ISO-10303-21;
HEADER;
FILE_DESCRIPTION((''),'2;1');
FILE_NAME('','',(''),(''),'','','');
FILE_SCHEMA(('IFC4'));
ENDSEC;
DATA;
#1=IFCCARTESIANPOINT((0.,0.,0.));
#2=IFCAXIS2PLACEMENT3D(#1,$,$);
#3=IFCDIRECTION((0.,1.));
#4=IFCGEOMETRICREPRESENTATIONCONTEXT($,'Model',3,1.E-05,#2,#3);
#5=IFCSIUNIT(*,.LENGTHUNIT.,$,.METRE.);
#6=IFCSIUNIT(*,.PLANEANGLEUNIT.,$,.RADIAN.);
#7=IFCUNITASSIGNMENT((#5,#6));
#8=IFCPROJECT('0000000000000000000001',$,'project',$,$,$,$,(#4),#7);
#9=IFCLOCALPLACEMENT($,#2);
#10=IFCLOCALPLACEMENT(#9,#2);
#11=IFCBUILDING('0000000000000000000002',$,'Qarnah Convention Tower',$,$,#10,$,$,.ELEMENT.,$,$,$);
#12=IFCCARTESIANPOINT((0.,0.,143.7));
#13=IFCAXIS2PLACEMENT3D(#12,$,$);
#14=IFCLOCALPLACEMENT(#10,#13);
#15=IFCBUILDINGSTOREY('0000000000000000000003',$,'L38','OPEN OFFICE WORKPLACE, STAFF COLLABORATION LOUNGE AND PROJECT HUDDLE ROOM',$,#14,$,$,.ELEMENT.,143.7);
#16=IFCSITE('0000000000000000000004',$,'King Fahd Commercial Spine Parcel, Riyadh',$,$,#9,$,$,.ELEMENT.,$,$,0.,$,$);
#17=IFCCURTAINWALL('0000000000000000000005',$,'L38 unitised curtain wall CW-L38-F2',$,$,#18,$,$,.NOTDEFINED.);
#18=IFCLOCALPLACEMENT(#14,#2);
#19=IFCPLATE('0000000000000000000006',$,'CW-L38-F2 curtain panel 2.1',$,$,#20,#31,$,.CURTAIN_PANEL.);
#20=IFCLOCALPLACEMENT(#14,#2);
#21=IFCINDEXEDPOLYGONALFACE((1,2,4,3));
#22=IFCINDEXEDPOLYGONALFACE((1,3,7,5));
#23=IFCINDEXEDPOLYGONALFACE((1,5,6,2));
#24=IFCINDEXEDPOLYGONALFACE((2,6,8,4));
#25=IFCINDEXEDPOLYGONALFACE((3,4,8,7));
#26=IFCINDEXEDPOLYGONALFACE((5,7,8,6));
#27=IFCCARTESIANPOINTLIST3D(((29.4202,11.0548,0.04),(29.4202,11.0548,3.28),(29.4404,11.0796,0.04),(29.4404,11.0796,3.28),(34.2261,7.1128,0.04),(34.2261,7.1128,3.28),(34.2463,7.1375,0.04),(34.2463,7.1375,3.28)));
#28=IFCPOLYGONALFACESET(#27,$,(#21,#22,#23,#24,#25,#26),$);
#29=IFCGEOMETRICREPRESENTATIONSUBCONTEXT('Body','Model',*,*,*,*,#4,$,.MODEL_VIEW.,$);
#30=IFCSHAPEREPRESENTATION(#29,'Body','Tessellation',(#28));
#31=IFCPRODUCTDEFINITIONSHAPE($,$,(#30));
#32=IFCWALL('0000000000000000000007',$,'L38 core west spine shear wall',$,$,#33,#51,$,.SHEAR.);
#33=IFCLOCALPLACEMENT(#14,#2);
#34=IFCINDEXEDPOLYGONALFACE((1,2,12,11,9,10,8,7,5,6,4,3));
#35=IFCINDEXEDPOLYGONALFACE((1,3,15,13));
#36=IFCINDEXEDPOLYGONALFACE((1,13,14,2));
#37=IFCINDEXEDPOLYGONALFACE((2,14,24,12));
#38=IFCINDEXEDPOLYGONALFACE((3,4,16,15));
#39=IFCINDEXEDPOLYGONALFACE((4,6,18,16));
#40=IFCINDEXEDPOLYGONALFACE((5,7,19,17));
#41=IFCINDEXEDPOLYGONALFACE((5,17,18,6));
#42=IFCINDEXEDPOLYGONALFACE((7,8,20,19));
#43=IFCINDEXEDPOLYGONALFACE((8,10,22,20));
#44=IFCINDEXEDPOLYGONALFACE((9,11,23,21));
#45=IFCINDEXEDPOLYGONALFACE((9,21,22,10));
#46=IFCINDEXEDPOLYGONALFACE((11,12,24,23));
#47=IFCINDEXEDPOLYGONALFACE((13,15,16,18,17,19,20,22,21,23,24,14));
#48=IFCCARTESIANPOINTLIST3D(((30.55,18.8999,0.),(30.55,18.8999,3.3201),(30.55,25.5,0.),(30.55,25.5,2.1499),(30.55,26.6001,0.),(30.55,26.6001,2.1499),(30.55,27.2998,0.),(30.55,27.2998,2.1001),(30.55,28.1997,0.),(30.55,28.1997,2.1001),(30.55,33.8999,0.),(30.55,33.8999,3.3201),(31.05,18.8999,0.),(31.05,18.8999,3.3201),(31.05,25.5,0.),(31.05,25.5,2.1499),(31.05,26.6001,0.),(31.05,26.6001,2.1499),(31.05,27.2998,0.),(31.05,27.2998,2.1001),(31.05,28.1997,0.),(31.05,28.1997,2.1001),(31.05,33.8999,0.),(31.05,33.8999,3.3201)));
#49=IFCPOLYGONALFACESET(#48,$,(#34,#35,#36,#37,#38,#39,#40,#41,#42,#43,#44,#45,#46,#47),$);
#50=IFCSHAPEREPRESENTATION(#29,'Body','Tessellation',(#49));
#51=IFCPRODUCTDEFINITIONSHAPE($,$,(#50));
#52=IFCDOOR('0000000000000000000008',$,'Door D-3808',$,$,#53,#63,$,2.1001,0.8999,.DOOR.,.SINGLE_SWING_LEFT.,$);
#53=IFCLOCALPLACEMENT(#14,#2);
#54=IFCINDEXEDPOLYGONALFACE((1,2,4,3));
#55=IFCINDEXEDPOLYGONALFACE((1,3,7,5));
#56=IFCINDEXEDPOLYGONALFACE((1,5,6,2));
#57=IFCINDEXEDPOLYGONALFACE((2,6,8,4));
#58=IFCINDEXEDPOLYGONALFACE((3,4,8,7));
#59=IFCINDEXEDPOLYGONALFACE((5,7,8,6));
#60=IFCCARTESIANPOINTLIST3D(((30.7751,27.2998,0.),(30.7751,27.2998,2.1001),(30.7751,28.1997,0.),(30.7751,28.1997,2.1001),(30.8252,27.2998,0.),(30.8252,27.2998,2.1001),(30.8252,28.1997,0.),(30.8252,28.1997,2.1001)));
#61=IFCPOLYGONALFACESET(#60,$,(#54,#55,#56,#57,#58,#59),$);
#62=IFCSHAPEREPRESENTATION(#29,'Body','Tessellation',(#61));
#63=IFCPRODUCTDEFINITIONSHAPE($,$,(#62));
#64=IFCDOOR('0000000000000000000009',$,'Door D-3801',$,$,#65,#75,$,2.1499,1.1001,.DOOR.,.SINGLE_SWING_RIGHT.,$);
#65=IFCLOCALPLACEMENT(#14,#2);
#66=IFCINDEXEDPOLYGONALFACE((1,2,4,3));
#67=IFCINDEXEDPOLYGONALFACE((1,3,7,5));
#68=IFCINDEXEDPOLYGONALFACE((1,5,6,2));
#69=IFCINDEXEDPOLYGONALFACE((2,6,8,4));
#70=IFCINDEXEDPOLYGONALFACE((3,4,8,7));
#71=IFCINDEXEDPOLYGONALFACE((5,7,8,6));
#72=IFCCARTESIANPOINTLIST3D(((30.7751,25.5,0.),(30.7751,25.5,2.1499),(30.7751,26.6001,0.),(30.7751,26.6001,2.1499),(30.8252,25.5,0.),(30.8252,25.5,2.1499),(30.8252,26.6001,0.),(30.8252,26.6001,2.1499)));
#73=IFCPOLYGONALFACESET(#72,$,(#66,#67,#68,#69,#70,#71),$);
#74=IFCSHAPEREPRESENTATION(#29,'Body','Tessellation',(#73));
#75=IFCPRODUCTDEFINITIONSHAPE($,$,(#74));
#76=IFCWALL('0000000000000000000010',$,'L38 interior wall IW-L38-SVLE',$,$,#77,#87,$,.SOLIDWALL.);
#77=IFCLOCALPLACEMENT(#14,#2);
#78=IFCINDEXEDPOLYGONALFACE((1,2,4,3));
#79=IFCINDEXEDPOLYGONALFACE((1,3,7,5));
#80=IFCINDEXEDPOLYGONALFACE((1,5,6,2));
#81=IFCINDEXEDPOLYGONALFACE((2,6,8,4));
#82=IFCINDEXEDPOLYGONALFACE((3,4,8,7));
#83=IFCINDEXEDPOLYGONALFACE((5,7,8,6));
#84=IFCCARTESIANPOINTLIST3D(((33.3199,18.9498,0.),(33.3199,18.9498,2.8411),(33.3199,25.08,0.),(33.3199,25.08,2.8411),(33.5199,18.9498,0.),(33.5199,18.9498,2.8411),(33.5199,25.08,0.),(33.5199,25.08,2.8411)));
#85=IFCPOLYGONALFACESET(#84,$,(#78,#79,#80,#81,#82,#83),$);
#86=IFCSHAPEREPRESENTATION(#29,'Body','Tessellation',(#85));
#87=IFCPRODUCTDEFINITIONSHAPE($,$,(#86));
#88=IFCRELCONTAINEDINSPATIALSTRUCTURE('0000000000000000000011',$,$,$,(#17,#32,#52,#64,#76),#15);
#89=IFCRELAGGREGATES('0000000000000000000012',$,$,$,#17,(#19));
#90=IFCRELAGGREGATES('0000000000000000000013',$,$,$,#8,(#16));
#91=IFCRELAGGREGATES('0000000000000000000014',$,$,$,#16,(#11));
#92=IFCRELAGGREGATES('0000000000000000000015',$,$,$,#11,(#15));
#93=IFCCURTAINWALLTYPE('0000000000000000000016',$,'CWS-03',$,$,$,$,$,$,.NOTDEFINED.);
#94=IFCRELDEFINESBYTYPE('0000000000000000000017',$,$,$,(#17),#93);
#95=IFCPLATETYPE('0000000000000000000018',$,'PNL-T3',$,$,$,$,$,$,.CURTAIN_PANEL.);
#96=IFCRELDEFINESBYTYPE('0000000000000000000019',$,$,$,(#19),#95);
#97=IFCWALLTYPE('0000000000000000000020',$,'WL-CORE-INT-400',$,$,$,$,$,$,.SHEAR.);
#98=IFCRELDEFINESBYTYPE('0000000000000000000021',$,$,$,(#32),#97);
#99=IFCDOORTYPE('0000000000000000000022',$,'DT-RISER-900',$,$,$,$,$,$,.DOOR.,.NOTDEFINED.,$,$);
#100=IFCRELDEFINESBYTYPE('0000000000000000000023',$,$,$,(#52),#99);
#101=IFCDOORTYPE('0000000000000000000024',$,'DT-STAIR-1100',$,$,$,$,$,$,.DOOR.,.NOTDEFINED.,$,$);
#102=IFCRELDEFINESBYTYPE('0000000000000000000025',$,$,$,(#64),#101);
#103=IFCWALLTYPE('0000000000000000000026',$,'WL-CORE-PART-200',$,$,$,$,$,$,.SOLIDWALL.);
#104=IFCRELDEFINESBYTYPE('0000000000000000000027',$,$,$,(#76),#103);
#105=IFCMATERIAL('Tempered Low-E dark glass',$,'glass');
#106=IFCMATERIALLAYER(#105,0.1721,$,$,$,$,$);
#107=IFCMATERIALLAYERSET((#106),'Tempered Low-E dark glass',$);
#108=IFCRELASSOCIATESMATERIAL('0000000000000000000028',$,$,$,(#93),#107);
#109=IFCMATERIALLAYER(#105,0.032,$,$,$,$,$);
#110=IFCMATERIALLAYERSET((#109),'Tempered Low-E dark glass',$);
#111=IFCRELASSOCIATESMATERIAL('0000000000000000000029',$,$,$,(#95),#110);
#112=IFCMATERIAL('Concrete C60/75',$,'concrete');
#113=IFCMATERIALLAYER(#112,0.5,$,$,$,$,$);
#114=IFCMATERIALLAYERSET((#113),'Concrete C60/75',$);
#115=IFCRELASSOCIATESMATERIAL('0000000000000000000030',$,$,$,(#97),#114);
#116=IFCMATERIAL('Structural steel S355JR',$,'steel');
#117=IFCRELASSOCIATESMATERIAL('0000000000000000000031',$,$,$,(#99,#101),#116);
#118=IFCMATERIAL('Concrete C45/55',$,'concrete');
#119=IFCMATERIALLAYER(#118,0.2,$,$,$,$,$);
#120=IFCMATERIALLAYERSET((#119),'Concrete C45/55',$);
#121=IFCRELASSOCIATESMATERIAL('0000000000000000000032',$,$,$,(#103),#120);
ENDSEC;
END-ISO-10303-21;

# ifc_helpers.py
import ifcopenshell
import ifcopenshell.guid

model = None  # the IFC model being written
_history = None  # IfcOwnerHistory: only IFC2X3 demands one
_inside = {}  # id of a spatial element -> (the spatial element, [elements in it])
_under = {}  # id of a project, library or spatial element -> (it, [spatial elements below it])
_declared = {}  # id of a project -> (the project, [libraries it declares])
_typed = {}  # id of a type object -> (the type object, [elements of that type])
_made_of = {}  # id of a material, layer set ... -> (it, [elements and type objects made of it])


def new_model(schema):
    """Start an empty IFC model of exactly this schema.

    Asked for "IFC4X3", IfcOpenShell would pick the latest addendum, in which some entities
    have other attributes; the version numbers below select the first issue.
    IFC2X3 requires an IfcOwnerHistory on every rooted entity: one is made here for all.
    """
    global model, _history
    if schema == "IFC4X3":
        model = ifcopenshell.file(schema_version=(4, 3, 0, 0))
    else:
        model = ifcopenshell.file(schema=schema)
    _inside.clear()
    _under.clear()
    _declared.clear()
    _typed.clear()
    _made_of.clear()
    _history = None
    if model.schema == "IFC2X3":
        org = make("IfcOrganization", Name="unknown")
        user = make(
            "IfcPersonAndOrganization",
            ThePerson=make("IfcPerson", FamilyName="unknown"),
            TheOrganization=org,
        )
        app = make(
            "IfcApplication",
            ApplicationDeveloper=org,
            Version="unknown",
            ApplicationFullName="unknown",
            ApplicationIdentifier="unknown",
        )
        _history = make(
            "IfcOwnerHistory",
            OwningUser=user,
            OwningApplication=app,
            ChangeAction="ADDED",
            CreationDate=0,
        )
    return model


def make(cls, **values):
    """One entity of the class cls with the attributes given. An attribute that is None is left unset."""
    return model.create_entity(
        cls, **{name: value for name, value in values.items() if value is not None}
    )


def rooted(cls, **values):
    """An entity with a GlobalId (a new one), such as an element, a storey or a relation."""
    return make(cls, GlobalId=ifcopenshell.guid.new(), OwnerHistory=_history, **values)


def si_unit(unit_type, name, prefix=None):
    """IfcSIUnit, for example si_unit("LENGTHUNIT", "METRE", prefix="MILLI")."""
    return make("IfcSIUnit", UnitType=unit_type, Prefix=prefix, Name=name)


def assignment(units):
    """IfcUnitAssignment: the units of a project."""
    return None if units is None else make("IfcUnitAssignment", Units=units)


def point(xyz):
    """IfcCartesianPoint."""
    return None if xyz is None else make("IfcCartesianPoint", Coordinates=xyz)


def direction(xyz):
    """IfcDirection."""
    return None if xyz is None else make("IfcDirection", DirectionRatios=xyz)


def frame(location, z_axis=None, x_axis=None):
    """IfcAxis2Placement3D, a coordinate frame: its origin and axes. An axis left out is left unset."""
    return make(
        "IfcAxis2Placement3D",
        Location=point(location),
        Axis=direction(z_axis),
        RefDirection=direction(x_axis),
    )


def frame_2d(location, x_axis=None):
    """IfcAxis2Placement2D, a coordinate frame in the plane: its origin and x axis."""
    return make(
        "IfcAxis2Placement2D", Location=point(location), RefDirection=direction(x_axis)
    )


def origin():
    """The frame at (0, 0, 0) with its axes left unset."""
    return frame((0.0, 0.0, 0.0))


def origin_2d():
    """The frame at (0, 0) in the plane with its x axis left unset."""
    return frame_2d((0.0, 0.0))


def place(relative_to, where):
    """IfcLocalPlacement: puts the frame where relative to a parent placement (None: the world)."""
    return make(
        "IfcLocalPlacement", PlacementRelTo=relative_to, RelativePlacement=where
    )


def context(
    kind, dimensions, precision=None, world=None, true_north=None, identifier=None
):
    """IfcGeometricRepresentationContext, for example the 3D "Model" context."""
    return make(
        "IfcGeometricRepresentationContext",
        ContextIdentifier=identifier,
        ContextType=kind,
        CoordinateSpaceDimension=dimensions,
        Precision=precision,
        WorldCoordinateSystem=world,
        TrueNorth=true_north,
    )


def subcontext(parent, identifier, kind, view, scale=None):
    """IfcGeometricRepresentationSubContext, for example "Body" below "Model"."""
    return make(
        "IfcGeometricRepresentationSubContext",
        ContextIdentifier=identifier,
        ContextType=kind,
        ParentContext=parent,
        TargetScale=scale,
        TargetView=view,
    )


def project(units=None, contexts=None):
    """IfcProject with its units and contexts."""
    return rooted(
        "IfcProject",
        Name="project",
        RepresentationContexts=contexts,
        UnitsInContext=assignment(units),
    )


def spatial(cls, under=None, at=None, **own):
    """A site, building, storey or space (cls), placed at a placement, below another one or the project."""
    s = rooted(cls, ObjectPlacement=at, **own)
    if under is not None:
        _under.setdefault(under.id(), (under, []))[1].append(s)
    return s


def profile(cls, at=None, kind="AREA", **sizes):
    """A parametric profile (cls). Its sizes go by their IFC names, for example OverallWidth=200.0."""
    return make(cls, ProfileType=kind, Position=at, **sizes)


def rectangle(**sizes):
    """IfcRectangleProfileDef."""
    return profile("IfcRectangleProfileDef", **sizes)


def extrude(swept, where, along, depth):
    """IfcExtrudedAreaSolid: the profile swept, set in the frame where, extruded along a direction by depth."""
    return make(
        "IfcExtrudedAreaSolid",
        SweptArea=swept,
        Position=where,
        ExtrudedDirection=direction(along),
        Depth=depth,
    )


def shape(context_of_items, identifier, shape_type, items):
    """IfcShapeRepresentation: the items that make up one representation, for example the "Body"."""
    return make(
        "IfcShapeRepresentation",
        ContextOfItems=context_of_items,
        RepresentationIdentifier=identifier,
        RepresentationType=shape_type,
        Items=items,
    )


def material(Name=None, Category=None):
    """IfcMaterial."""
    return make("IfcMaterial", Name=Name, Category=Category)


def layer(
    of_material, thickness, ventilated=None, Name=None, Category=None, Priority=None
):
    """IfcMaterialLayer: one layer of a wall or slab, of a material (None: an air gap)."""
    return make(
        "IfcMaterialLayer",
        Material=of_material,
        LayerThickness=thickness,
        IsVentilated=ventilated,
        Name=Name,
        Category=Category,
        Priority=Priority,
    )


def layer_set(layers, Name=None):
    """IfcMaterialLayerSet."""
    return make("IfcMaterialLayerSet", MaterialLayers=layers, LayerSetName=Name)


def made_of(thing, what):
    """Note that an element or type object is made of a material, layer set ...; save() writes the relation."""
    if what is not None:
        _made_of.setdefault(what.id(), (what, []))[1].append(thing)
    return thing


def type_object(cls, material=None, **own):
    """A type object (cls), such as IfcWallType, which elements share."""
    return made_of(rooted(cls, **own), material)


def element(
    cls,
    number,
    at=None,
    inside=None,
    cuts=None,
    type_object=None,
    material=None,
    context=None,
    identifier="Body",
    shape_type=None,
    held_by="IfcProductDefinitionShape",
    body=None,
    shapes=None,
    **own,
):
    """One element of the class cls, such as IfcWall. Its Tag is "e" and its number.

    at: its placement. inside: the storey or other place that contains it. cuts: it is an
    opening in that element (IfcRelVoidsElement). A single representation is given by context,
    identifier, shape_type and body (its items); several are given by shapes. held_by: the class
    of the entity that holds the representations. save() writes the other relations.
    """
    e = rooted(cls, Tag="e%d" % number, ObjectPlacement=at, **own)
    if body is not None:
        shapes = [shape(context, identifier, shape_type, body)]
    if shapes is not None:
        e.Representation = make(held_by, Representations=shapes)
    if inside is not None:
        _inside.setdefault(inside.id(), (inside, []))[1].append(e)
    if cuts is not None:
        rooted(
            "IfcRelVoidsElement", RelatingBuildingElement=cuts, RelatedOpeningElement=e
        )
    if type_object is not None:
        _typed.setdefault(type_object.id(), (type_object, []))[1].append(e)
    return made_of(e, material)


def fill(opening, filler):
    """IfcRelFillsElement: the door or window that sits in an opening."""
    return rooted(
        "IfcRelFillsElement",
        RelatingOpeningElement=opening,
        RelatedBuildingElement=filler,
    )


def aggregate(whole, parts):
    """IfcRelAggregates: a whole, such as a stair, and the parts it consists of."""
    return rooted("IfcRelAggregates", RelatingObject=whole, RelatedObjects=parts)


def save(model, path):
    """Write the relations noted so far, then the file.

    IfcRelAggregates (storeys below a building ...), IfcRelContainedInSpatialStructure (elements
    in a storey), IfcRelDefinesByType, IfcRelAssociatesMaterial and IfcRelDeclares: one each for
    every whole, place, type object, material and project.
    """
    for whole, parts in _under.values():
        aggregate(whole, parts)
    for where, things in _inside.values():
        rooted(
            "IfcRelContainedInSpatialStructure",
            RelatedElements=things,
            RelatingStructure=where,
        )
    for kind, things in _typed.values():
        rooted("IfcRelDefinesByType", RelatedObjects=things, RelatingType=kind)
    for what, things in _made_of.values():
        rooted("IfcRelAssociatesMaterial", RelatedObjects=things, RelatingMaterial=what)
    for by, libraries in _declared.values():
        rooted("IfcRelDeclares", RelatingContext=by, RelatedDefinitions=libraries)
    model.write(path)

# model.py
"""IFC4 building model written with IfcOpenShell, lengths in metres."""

from ifc_helpers import new_model, si_unit, direction, frame, frame_2d, origin, origin_2d, place, context, subcontext, project, spatial, rectangle, extrude, material, layer, layer_set, type_object, element, fill, aggregate, save


model = new_model("IFC4")

# Units and contexts
model_context = context("Model", 3, precision=1e-05, world=origin(), true_north=direction((0.0, 1.0)))
body_context = subcontext(model_context, "Body", "Model", "MODEL_VIEW")
ifc_project = project(units=[si_unit("LENGTHUNIT", "METRE"), si_unit("PLANEANGLEUNIT", "RADIAN")], contexts=[model_context])

# Site, building, storey
site_placement = place(None, origin())
site = spatial("IfcSite", under=ifc_project, at=site_placement, Name="King Fahd Commercial Spine Parcel, Riyadh", CompositionType="ELEMENT", RefElevation=0.0)
building_placement = place(site_placement, origin())
building = spatial("IfcBuilding", under=site, at=building_placement, Name="Qarnah Convention Tower", CompositionType="ELEMENT")
storey_placement = place(building_placement, frame((0.0, 0.0, 143.7)))
storey = spatial("IfcBuildingStorey", under=building, at=storey_placement, Name="L38", Description="OPEN OFFICE WORKPLACE, STAFF COLLABORATION LOUNGE AND PROJECT HUDDLE ROOM", CompositionType="ELEMENT", Elevation=143.7)

# Shared definitions
ifc_material_1 = material(Name="Concrete C60/75", Category="concrete")

# Shared definitions
ifc_material_2 = material(Name="Structural steel S355JR", Category="steel")

# Curtain wall, plate
ifc_material_3 = material(Name="Tempered Low-E dark glass", Category="glass")
ifc_layer_1 = layer(ifc_material_3, 0.1721)
ifc_layer_set_1 = layer_set([ifc_layer_1], Name="Tempered Low-E dark glass")
curtain_wall_type = type_object("IfcCurtainWallType", Name="CWS-03", PredefinedType="NOTDEFINED", material=ifc_layer_set_1)
curtain_wall_placement = place(storey_placement, origin())
curtain_wall = element("IfcCurtainWall", 1, at=curtain_wall_placement, inside=storey, type_object=curtain_wall_type, Name="L38 unitised curtain wall CW-L38-F2", PredefinedType="NOTDEFINED")
ifc_layer_2 = layer(ifc_material_3, 0.032)
ifc_layer_set_2 = layer_set([ifc_layer_2], Name="Tempered Low-E dark glass")
plate_type = type_object("IfcPlateType", Name="PNL-T3", PredefinedType="CURTAIN_PANEL", material=ifc_layer_set_2)
plate_1_placement = place(storey_placement, frame((31.8333, 9.0962, 0.04), z_axis=(0.0, 0.0, 1.0), x_axis=(-0.773174, 0.634194, 0.0)))
plate_1 = element("IfcPlate", 2, at=plate_1_placement, type_object=plate_type, Name="CW-L38-F2 curtain panel 2.1", PredefinedType="CURTAIN_PANEL", context=body_context, shape_type="SweptSolid", body=[
    extrude(rectangle(XDim=6.2158, YDim=0.032, at=origin_2d()), origin(), (0.0, 0.0, 1.0), 3.24),
])
aggregate(curtain_wall, [plate_1])

# Wall, openings, doors
ifc_layer_3 = layer(ifc_material_1, 0.5)
ifc_layer_set_3 = layer_set([ifc_layer_3], Name="Concrete C60/75")
wall_type_1 = type_object("IfcWallType", Name="WL-CORE-INT-400", PredefinedType="SHEAR", material=ifc_layer_set_3)
wall_1_placement = place(storey_placement, frame((30.8, 18.8999, 0.0), z_axis=(0.0, 0.0, 1.0), x_axis=(0.0, 1.0, 0.0)))
wall_1 = element("IfcWall", 3, at=wall_1_placement, inside=storey, type_object=wall_type_1, Name="L38 core west spine shear wall", PredefinedType="SHEAR", context=body_context, shape_type="SweptSolid", body=[
    extrude(rectangle(XDim=15.0, YDim=0.5, at=frame_2d((7.5, 0.0))), origin(), (0.0, 0.0, 1.0), 3.3201),
])
opening_1_placement = place(wall_1_placement, frame((6.6001, 0.0, 0.0)))
opening_1 = element("IfcOpeningElement", 4, at=opening_1_placement, cuts=wall_1, PredefinedType="OPENING", context=body_context, shape_type="SweptSolid", body=[
    extrude(rectangle(XDim=1.1001, YDim=2.1499, at=frame_2d((0.55, 1.075))), frame((0.0, 0.26, 0.0), z_axis=(0.0, -1.0, 0.0), x_axis=(1.0, 0.0, 0.0)), (0.0, 0.0, 1.0), 0.52),
])
opening_2_placement = place(wall_1_placement, frame((8.3999, 0.0, 0.0)))
opening_2 = element("IfcOpeningElement", 5, at=opening_2_placement, cuts=wall_1, PredefinedType="OPENING", context=body_context, shape_type="SweptSolid", body=[
    extrude(rectangle(XDim=0.8999, YDim=2.1001, at=frame_2d((0.45, 1.05))), frame((0.0, 0.26, 0.0), z_axis=(0.0, -1.0, 0.0), x_axis=(1.0, 0.0, 0.0)), (0.0, 0.0, 1.0), 0.52),
])
door_type_1 = type_object("IfcDoorType", Name="DT-RISER-900", OperationType="NOTDEFINED", PredefinedType="DOOR", material=ifc_material_2)
door_1_placement = place(opening_2_placement, origin())
door_1 = element("IfcDoor", 6, at=door_1_placement, inside=storey, type_object=door_type_1, Name="Door D-3808", OperationType="SINGLE_SWING_LEFT", OverallHeight=2.1001, OverallWidth=0.8999, PredefinedType="DOOR", context=body_context, shape_type="SweptSolid", body=[
    extrude(rectangle(XDim=0.8999, YDim=2.1001, at=frame_2d((0.45, 1.05))), frame((0.0, 0.0249, 0.0), z_axis=(0.0, -1.0, 0.0), x_axis=(1.0, 0.0, 0.0)), (0.0, 0.0, 1.0), 0.05),
])
fill(opening_2, door_1)
door_type_2 = type_object("IfcDoorType", Name="DT-STAIR-1100", OperationType="NOTDEFINED", PredefinedType="DOOR", material=ifc_material_2)
door_2_placement = place(opening_1_placement, origin())
door_2 = element("IfcDoor", 7, at=door_2_placement, inside=storey, type_object=door_type_2, Name="Door D-3801", OperationType="SINGLE_SWING_RIGHT", OverallHeight=2.1499, OverallWidth=1.1001, PredefinedType="DOOR", context=body_context, shape_type="SweptSolid", body=[
    extrude(rectangle(XDim=1.1001, YDim=2.1499, at=frame_2d((0.55, 1.075))), frame((0.0, 0.0249, 0.0), z_axis=(0.0, -1.0, 0.0), x_axis=(1.0, 0.0, 0.0)), (0.0, 0.0, 1.0), 0.05),
])
fill(opening_1, door_2)

# Wall
ifc_material_4 = material(Name="Concrete C45/55", Category="concrete")
ifc_layer_4 = layer(ifc_material_4, 0.2)
ifc_layer_set_4 = layer_set([ifc_layer_4], Name="Concrete C45/55")
wall_type_2 = type_object("IfcWallType", Name="WL-CORE-PART-200", PredefinedType="SOLIDWALL", material=ifc_layer_set_4)
wall_2_placement = place(storey_placement, frame((33.4199, 18.95, 0.0), z_axis=(0.0, 0.0, 1.0), x_axis=(0.0, 1.0, 0.0)))
element("IfcWall", 8, at=wall_2_placement, inside=storey, type_object=wall_type_2, Name="L38 interior wall IW-L38-SVLE", PredefinedType="SOLIDWALL", context=body_context, shape_type="SweptSolid", body=[
    extrude(rectangle(XDim=6.1301, YDim=0.2, at=frame_2d((3.0649, 0.0))), origin(), (0.0, 0.0, 1.0), 2.8411),
])

save(model, "model.ifc")
